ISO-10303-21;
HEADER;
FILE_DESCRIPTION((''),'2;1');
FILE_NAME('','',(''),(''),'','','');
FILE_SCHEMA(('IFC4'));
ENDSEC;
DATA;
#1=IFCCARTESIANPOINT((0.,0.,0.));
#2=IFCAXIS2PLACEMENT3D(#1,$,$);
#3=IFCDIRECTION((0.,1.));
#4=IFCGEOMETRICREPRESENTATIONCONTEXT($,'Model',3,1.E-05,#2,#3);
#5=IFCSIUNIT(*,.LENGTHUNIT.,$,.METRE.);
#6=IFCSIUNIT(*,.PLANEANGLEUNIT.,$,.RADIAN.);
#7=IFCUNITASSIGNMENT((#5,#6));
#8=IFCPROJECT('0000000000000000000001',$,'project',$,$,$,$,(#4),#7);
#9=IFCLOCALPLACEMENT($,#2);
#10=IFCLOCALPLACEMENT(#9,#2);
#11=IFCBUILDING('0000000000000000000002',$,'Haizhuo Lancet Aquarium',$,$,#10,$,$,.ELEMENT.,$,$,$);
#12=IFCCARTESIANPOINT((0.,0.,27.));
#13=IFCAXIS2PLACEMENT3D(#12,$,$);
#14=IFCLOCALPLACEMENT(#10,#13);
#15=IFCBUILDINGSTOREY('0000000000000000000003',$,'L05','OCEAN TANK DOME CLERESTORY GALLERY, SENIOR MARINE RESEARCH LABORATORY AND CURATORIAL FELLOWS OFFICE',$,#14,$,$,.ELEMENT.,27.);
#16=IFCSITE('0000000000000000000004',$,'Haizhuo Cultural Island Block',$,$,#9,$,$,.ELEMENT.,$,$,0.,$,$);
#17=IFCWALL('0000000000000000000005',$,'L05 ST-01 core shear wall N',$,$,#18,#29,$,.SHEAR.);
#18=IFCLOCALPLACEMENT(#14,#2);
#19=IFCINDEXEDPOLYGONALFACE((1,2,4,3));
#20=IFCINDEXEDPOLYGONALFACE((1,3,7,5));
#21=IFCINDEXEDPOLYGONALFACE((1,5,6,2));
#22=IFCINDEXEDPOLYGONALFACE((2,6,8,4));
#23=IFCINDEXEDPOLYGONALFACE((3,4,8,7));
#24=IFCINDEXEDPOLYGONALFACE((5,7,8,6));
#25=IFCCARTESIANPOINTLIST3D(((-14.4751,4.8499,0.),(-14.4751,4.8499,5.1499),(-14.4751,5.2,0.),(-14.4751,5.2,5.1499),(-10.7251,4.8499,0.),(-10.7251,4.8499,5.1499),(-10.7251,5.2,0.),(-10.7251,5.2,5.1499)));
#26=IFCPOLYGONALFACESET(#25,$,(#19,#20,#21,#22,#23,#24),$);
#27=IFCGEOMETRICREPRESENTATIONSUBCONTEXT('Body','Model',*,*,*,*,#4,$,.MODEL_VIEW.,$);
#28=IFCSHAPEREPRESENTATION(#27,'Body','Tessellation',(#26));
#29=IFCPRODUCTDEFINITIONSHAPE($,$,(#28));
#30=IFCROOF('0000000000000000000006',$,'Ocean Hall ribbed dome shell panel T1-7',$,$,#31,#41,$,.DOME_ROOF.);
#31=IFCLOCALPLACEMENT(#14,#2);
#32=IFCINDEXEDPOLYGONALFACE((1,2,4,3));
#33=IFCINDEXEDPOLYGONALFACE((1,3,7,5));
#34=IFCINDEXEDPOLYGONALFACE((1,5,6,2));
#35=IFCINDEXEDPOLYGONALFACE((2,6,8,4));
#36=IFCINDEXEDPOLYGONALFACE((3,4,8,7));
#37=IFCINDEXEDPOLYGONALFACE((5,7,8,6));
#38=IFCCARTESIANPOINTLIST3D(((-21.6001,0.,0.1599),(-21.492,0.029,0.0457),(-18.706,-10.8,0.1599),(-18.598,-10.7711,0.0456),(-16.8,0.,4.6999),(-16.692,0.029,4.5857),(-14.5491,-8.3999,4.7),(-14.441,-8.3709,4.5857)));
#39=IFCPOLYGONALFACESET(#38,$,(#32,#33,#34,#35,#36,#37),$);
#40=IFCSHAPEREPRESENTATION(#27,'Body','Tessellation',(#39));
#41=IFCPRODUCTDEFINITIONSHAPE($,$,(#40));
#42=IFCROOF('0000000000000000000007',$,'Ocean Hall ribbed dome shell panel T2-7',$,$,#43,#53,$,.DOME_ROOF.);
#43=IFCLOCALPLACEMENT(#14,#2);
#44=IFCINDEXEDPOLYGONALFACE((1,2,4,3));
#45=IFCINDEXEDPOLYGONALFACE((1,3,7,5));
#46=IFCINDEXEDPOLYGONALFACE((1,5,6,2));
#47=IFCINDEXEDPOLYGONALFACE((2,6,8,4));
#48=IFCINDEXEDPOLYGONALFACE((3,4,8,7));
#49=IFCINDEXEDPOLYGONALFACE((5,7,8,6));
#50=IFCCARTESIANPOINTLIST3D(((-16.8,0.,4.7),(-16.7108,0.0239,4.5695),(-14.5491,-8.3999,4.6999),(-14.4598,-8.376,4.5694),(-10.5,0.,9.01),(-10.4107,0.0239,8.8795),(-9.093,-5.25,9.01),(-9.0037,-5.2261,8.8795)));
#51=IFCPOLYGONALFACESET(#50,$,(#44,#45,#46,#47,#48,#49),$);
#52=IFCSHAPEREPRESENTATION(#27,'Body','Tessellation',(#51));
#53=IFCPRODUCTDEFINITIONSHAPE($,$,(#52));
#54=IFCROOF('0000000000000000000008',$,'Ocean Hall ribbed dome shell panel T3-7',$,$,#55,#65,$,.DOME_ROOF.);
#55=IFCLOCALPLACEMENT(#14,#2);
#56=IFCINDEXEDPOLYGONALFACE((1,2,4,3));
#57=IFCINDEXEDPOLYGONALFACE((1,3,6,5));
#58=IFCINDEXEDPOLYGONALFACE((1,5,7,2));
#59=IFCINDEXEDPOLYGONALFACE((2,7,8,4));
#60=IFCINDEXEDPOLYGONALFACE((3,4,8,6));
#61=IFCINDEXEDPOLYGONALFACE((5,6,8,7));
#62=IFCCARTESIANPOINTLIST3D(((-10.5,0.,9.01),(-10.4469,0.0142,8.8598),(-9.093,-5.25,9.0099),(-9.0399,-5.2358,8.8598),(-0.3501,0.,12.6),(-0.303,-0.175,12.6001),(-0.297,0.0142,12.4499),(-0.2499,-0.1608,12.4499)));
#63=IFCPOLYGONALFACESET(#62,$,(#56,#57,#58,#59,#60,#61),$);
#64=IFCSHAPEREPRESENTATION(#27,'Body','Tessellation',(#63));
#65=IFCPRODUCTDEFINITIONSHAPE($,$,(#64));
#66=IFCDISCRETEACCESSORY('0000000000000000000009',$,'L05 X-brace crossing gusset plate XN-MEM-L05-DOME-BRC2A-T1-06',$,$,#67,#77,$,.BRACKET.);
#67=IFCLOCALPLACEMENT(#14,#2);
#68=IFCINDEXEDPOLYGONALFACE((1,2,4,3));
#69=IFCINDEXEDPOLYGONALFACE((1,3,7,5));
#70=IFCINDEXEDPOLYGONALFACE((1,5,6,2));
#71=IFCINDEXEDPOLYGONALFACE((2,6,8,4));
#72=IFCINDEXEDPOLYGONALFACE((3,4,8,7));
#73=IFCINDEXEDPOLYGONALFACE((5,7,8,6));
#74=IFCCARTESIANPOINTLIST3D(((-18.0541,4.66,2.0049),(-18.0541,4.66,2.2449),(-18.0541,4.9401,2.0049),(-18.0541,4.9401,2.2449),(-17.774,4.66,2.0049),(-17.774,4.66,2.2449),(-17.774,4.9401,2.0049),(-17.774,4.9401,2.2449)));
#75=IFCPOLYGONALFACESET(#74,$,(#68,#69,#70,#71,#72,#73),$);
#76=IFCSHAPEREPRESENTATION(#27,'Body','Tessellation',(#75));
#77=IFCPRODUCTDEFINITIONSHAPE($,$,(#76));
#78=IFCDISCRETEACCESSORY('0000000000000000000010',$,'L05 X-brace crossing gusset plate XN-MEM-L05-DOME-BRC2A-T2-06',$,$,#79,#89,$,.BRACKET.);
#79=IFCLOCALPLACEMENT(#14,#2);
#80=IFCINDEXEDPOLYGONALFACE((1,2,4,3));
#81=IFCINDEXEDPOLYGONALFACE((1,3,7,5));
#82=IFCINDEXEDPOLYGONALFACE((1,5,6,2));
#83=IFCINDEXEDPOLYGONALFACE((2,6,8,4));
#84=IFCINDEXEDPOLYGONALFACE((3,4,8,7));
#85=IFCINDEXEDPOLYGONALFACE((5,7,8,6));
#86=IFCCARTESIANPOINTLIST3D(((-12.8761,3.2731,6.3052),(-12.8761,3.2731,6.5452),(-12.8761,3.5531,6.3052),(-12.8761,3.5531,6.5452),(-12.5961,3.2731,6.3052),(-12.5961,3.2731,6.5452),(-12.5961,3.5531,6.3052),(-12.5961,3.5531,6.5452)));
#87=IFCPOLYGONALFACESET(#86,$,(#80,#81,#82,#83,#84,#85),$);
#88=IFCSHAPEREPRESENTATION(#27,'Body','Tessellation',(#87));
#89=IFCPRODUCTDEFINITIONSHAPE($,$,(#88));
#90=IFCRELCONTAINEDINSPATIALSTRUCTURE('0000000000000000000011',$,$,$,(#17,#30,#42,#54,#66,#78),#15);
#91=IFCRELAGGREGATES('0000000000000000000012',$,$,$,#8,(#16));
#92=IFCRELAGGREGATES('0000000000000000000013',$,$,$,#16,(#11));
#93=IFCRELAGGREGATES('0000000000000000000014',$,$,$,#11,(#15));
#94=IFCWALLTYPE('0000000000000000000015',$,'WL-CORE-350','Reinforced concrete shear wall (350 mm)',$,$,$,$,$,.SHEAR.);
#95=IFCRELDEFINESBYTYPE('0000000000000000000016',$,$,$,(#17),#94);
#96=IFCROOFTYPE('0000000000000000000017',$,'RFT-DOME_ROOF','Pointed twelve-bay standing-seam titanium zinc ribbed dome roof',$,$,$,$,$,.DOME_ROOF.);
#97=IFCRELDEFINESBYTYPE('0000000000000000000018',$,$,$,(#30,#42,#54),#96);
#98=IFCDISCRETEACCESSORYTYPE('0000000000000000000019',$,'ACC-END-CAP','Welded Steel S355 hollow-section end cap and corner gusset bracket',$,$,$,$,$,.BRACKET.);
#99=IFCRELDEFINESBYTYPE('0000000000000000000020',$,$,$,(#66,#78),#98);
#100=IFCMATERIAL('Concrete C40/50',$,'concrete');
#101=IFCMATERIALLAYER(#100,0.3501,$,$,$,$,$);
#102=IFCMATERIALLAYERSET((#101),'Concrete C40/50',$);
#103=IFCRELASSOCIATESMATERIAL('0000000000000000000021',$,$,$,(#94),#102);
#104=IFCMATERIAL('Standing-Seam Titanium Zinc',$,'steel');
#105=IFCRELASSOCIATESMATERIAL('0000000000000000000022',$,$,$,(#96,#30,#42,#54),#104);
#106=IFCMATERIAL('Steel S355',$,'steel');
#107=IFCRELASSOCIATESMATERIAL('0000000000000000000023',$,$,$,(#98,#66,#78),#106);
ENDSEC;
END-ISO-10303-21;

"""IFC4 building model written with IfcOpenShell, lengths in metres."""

from ifc_helpers import new_model, si_unit, direction, frame, frame_2d, origin, origin_2d, place, context, subcontext, project, spatial, polyline, rectangle, outline, extrude, material, layer, layer_set, type_object, element, save


model = new_model("IFC4")

# Units and contexts
model_context = context("Model", 3, precision=1e-05, world=origin(), true_north=direction((0.0, 1.0)))
body_context = subcontext(model_context, "Body", "Model", "MODEL_VIEW")
ifc_project = project(units=[si_unit("LENGTHUNIT", "METRE"), si_unit("PLANEANGLEUNIT", "RADIAN")], contexts=[model_context])

# Site, building, storey
site_placement = place(None, origin())
site = spatial("IfcSite", under=ifc_project, at=site_placement, Name="Haizhuo Cultural Island Block", CompositionType="ELEMENT", RefElevation=0.0)
building_placement = place(site_placement, origin())
building = spatial("IfcBuilding", under=site, at=building_placement, Name="Haizhuo Lancet Aquarium", CompositionType="ELEMENT")
storey_placement = place(building_placement, frame((0.0, 0.0, 27.0)))
storey = spatial("IfcBuildingStorey", under=building, at=storey_placement, Name="L05", Description="OCEAN TANK DOME CLERESTORY GALLERY, SENIOR MARINE RESEARCH LABORATORY AND CURATORIAL FELLOWS OFFICE", CompositionType="ELEMENT", Elevation=27.0)

# Shared definitions
ifc_material_1 = material(Name="Steel S355", Category="steel")

# Wall
ifc_material_2 = material(Name="Concrete C40/50", Category="concrete")
ifc_layer_1 = layer(ifc_material_2, 0.3501)
ifc_layer_set_1 = layer_set([ifc_layer_1], Name="Concrete C40/50")
wall_type = type_object("IfcWallType", Name="WL-CORE-350", Description="Reinforced concrete shear wall (350 mm)", PredefinedType="SHEAR", material=ifc_layer_set_1)
wall_placement = place(storey_placement, frame((-14.4751, 5.0249, 0.0), z_axis=(0.0, 0.0, 1.0), x_axis=(1.0, 0.0, 0.0)))
element("IfcWall", 1, at=wall_placement, inside=storey, type_object=wall_type, Name="L05 ST-01 core shear wall N", PredefinedType="SHEAR", context=body_context, shape_type="SweptSolid", body=[
    extrude(rectangle(XDim=3.75, YDim=0.3501, at=frame_2d((1.875, 0.0))), origin(), (0.0, 0.0, 1.0), 5.1499),
])

# Roofs
ifc_material_3 = material(Name="Standing-Seam Titanium Zinc", Category="steel")
roof_type = type_object("IfcRoofType", Name="RFT-DOME_ROOF", Description="Pointed twelve-bay standing-seam titanium zinc ribbed dome roof", PredefinedType="DOME_ROOF", material=ifc_material_3)
roof_1_placement = place(storey_placement, frame((-21.6001, 0.0, 0.1599), z_axis=(-0.675791, -0.181092, 0.714501), x_axis=(0.258836, -0.965921, -0.000002)))
element("IfcRoof", 2, at=roof_1_placement, inside=storey, type_object=roof_type, material=ifc_material_3, Name="Ocean Hall ribbed dome shell panel T1-7", PredefinedType="DOME_ROOF", context=body_context, shape_type="SweptSolid", body=[
    extrude(outline(polyline([(0.0, 0.0), (11.1811, 0.0), (9.9387, 6.4892), (1.2424, 6.4891), (0.0, 0.0)])), origin(), (0.0, 0.0, -1.0), 0.1599),
])
roof_2_placement = place(storey_placement, frame((-16.8, 0.0, 4.7), z_axis=(-0.55828, -0.14961, 0.816051), x_axis=(0.258846, -0.965919, -0.000003)))
element("IfcRoof", 3, at=roof_2_placement, inside=storey, type_object=roof_type, material=ifc_material_3, Name="Ocean Hall ribbed dome shell panel T2-7", PredefinedType="DOME_ROOF", context=body_context, shape_type="SweptSolid", body=[
    extrude(outline(polyline([(0.0, 0.0), (8.6963, 0.0), (7.066, 7.4572), (1.6307, 7.4571), (0.0, 0.0)])), origin(), (0.0, 0.0, -1.0), 0.1599),
])
roof_3_placement = place(storey_placement, frame((-10.5, 0.0, 9.01), z_axis=(-0.332132, -0.089023, 0.939023), x_axis=(0.258866, -0.965913, -0.000011)))
element("IfcRoof", 4, at=roof_3_placement, inside=storey, type_object=roof_type, material=ifc_material_3, Name="Ocean Hall ribbed dome shell panel T3-7", PredefinedType="DOME_ROOF", context=body_context, shape_type="SweptSolid", body=[
    extrude(outline(polyline([(0.0, 0.0), (5.4353, 0.0), (2.8087, 10.4408), (2.6274, 10.4406), (0.0, 0.0)])), origin(), (0.0, 0.0, -1.0), 0.1599),
])

# Discrete accessories
discrete_accessory_type = type_object("IfcDiscreteAccessoryType", Name="ACC-END-CAP", Description="Welded Steel S355 hollow-section end cap and corner gusset bracket", PredefinedType="BRACKET", material=ifc_material_1)
for number, where, z_axis, x_axis, name in (
    (5, (-17.9141, 4.8, 2.0049), (0.0, 0.0, 1.0), (1.0, 0.0, 0.0), "L05 X-brace crossing gusset plate XN-MEM-L05-DOME-BRC2A-T1-06"),
    (6, (-12.7361, 3.4131, 6.3052), (0.0, 0.0, 1.0), (1.0, 0.0, 0.0), "L05 X-brace crossing gusset plate XN-MEM-L05-DOME-BRC2A-T2-06"),
):
    element("IfcDiscreteAccessory", number, at=place(storey_placement, frame(where, z_axis=z_axis, x_axis=x_axis)), inside=storey, type_object=discrete_accessory_type, material=ifc_material_1, Name=name, PredefinedType="BRACKET", context=body_context, shape_type="SweptSolid", body=[
        extrude(rectangle(XDim=0.28, YDim=0.28, at=origin_2d()), origin(), (0.0, 0.0, 1.0), 0.24),
    ])

save(model, "model.ifc")
